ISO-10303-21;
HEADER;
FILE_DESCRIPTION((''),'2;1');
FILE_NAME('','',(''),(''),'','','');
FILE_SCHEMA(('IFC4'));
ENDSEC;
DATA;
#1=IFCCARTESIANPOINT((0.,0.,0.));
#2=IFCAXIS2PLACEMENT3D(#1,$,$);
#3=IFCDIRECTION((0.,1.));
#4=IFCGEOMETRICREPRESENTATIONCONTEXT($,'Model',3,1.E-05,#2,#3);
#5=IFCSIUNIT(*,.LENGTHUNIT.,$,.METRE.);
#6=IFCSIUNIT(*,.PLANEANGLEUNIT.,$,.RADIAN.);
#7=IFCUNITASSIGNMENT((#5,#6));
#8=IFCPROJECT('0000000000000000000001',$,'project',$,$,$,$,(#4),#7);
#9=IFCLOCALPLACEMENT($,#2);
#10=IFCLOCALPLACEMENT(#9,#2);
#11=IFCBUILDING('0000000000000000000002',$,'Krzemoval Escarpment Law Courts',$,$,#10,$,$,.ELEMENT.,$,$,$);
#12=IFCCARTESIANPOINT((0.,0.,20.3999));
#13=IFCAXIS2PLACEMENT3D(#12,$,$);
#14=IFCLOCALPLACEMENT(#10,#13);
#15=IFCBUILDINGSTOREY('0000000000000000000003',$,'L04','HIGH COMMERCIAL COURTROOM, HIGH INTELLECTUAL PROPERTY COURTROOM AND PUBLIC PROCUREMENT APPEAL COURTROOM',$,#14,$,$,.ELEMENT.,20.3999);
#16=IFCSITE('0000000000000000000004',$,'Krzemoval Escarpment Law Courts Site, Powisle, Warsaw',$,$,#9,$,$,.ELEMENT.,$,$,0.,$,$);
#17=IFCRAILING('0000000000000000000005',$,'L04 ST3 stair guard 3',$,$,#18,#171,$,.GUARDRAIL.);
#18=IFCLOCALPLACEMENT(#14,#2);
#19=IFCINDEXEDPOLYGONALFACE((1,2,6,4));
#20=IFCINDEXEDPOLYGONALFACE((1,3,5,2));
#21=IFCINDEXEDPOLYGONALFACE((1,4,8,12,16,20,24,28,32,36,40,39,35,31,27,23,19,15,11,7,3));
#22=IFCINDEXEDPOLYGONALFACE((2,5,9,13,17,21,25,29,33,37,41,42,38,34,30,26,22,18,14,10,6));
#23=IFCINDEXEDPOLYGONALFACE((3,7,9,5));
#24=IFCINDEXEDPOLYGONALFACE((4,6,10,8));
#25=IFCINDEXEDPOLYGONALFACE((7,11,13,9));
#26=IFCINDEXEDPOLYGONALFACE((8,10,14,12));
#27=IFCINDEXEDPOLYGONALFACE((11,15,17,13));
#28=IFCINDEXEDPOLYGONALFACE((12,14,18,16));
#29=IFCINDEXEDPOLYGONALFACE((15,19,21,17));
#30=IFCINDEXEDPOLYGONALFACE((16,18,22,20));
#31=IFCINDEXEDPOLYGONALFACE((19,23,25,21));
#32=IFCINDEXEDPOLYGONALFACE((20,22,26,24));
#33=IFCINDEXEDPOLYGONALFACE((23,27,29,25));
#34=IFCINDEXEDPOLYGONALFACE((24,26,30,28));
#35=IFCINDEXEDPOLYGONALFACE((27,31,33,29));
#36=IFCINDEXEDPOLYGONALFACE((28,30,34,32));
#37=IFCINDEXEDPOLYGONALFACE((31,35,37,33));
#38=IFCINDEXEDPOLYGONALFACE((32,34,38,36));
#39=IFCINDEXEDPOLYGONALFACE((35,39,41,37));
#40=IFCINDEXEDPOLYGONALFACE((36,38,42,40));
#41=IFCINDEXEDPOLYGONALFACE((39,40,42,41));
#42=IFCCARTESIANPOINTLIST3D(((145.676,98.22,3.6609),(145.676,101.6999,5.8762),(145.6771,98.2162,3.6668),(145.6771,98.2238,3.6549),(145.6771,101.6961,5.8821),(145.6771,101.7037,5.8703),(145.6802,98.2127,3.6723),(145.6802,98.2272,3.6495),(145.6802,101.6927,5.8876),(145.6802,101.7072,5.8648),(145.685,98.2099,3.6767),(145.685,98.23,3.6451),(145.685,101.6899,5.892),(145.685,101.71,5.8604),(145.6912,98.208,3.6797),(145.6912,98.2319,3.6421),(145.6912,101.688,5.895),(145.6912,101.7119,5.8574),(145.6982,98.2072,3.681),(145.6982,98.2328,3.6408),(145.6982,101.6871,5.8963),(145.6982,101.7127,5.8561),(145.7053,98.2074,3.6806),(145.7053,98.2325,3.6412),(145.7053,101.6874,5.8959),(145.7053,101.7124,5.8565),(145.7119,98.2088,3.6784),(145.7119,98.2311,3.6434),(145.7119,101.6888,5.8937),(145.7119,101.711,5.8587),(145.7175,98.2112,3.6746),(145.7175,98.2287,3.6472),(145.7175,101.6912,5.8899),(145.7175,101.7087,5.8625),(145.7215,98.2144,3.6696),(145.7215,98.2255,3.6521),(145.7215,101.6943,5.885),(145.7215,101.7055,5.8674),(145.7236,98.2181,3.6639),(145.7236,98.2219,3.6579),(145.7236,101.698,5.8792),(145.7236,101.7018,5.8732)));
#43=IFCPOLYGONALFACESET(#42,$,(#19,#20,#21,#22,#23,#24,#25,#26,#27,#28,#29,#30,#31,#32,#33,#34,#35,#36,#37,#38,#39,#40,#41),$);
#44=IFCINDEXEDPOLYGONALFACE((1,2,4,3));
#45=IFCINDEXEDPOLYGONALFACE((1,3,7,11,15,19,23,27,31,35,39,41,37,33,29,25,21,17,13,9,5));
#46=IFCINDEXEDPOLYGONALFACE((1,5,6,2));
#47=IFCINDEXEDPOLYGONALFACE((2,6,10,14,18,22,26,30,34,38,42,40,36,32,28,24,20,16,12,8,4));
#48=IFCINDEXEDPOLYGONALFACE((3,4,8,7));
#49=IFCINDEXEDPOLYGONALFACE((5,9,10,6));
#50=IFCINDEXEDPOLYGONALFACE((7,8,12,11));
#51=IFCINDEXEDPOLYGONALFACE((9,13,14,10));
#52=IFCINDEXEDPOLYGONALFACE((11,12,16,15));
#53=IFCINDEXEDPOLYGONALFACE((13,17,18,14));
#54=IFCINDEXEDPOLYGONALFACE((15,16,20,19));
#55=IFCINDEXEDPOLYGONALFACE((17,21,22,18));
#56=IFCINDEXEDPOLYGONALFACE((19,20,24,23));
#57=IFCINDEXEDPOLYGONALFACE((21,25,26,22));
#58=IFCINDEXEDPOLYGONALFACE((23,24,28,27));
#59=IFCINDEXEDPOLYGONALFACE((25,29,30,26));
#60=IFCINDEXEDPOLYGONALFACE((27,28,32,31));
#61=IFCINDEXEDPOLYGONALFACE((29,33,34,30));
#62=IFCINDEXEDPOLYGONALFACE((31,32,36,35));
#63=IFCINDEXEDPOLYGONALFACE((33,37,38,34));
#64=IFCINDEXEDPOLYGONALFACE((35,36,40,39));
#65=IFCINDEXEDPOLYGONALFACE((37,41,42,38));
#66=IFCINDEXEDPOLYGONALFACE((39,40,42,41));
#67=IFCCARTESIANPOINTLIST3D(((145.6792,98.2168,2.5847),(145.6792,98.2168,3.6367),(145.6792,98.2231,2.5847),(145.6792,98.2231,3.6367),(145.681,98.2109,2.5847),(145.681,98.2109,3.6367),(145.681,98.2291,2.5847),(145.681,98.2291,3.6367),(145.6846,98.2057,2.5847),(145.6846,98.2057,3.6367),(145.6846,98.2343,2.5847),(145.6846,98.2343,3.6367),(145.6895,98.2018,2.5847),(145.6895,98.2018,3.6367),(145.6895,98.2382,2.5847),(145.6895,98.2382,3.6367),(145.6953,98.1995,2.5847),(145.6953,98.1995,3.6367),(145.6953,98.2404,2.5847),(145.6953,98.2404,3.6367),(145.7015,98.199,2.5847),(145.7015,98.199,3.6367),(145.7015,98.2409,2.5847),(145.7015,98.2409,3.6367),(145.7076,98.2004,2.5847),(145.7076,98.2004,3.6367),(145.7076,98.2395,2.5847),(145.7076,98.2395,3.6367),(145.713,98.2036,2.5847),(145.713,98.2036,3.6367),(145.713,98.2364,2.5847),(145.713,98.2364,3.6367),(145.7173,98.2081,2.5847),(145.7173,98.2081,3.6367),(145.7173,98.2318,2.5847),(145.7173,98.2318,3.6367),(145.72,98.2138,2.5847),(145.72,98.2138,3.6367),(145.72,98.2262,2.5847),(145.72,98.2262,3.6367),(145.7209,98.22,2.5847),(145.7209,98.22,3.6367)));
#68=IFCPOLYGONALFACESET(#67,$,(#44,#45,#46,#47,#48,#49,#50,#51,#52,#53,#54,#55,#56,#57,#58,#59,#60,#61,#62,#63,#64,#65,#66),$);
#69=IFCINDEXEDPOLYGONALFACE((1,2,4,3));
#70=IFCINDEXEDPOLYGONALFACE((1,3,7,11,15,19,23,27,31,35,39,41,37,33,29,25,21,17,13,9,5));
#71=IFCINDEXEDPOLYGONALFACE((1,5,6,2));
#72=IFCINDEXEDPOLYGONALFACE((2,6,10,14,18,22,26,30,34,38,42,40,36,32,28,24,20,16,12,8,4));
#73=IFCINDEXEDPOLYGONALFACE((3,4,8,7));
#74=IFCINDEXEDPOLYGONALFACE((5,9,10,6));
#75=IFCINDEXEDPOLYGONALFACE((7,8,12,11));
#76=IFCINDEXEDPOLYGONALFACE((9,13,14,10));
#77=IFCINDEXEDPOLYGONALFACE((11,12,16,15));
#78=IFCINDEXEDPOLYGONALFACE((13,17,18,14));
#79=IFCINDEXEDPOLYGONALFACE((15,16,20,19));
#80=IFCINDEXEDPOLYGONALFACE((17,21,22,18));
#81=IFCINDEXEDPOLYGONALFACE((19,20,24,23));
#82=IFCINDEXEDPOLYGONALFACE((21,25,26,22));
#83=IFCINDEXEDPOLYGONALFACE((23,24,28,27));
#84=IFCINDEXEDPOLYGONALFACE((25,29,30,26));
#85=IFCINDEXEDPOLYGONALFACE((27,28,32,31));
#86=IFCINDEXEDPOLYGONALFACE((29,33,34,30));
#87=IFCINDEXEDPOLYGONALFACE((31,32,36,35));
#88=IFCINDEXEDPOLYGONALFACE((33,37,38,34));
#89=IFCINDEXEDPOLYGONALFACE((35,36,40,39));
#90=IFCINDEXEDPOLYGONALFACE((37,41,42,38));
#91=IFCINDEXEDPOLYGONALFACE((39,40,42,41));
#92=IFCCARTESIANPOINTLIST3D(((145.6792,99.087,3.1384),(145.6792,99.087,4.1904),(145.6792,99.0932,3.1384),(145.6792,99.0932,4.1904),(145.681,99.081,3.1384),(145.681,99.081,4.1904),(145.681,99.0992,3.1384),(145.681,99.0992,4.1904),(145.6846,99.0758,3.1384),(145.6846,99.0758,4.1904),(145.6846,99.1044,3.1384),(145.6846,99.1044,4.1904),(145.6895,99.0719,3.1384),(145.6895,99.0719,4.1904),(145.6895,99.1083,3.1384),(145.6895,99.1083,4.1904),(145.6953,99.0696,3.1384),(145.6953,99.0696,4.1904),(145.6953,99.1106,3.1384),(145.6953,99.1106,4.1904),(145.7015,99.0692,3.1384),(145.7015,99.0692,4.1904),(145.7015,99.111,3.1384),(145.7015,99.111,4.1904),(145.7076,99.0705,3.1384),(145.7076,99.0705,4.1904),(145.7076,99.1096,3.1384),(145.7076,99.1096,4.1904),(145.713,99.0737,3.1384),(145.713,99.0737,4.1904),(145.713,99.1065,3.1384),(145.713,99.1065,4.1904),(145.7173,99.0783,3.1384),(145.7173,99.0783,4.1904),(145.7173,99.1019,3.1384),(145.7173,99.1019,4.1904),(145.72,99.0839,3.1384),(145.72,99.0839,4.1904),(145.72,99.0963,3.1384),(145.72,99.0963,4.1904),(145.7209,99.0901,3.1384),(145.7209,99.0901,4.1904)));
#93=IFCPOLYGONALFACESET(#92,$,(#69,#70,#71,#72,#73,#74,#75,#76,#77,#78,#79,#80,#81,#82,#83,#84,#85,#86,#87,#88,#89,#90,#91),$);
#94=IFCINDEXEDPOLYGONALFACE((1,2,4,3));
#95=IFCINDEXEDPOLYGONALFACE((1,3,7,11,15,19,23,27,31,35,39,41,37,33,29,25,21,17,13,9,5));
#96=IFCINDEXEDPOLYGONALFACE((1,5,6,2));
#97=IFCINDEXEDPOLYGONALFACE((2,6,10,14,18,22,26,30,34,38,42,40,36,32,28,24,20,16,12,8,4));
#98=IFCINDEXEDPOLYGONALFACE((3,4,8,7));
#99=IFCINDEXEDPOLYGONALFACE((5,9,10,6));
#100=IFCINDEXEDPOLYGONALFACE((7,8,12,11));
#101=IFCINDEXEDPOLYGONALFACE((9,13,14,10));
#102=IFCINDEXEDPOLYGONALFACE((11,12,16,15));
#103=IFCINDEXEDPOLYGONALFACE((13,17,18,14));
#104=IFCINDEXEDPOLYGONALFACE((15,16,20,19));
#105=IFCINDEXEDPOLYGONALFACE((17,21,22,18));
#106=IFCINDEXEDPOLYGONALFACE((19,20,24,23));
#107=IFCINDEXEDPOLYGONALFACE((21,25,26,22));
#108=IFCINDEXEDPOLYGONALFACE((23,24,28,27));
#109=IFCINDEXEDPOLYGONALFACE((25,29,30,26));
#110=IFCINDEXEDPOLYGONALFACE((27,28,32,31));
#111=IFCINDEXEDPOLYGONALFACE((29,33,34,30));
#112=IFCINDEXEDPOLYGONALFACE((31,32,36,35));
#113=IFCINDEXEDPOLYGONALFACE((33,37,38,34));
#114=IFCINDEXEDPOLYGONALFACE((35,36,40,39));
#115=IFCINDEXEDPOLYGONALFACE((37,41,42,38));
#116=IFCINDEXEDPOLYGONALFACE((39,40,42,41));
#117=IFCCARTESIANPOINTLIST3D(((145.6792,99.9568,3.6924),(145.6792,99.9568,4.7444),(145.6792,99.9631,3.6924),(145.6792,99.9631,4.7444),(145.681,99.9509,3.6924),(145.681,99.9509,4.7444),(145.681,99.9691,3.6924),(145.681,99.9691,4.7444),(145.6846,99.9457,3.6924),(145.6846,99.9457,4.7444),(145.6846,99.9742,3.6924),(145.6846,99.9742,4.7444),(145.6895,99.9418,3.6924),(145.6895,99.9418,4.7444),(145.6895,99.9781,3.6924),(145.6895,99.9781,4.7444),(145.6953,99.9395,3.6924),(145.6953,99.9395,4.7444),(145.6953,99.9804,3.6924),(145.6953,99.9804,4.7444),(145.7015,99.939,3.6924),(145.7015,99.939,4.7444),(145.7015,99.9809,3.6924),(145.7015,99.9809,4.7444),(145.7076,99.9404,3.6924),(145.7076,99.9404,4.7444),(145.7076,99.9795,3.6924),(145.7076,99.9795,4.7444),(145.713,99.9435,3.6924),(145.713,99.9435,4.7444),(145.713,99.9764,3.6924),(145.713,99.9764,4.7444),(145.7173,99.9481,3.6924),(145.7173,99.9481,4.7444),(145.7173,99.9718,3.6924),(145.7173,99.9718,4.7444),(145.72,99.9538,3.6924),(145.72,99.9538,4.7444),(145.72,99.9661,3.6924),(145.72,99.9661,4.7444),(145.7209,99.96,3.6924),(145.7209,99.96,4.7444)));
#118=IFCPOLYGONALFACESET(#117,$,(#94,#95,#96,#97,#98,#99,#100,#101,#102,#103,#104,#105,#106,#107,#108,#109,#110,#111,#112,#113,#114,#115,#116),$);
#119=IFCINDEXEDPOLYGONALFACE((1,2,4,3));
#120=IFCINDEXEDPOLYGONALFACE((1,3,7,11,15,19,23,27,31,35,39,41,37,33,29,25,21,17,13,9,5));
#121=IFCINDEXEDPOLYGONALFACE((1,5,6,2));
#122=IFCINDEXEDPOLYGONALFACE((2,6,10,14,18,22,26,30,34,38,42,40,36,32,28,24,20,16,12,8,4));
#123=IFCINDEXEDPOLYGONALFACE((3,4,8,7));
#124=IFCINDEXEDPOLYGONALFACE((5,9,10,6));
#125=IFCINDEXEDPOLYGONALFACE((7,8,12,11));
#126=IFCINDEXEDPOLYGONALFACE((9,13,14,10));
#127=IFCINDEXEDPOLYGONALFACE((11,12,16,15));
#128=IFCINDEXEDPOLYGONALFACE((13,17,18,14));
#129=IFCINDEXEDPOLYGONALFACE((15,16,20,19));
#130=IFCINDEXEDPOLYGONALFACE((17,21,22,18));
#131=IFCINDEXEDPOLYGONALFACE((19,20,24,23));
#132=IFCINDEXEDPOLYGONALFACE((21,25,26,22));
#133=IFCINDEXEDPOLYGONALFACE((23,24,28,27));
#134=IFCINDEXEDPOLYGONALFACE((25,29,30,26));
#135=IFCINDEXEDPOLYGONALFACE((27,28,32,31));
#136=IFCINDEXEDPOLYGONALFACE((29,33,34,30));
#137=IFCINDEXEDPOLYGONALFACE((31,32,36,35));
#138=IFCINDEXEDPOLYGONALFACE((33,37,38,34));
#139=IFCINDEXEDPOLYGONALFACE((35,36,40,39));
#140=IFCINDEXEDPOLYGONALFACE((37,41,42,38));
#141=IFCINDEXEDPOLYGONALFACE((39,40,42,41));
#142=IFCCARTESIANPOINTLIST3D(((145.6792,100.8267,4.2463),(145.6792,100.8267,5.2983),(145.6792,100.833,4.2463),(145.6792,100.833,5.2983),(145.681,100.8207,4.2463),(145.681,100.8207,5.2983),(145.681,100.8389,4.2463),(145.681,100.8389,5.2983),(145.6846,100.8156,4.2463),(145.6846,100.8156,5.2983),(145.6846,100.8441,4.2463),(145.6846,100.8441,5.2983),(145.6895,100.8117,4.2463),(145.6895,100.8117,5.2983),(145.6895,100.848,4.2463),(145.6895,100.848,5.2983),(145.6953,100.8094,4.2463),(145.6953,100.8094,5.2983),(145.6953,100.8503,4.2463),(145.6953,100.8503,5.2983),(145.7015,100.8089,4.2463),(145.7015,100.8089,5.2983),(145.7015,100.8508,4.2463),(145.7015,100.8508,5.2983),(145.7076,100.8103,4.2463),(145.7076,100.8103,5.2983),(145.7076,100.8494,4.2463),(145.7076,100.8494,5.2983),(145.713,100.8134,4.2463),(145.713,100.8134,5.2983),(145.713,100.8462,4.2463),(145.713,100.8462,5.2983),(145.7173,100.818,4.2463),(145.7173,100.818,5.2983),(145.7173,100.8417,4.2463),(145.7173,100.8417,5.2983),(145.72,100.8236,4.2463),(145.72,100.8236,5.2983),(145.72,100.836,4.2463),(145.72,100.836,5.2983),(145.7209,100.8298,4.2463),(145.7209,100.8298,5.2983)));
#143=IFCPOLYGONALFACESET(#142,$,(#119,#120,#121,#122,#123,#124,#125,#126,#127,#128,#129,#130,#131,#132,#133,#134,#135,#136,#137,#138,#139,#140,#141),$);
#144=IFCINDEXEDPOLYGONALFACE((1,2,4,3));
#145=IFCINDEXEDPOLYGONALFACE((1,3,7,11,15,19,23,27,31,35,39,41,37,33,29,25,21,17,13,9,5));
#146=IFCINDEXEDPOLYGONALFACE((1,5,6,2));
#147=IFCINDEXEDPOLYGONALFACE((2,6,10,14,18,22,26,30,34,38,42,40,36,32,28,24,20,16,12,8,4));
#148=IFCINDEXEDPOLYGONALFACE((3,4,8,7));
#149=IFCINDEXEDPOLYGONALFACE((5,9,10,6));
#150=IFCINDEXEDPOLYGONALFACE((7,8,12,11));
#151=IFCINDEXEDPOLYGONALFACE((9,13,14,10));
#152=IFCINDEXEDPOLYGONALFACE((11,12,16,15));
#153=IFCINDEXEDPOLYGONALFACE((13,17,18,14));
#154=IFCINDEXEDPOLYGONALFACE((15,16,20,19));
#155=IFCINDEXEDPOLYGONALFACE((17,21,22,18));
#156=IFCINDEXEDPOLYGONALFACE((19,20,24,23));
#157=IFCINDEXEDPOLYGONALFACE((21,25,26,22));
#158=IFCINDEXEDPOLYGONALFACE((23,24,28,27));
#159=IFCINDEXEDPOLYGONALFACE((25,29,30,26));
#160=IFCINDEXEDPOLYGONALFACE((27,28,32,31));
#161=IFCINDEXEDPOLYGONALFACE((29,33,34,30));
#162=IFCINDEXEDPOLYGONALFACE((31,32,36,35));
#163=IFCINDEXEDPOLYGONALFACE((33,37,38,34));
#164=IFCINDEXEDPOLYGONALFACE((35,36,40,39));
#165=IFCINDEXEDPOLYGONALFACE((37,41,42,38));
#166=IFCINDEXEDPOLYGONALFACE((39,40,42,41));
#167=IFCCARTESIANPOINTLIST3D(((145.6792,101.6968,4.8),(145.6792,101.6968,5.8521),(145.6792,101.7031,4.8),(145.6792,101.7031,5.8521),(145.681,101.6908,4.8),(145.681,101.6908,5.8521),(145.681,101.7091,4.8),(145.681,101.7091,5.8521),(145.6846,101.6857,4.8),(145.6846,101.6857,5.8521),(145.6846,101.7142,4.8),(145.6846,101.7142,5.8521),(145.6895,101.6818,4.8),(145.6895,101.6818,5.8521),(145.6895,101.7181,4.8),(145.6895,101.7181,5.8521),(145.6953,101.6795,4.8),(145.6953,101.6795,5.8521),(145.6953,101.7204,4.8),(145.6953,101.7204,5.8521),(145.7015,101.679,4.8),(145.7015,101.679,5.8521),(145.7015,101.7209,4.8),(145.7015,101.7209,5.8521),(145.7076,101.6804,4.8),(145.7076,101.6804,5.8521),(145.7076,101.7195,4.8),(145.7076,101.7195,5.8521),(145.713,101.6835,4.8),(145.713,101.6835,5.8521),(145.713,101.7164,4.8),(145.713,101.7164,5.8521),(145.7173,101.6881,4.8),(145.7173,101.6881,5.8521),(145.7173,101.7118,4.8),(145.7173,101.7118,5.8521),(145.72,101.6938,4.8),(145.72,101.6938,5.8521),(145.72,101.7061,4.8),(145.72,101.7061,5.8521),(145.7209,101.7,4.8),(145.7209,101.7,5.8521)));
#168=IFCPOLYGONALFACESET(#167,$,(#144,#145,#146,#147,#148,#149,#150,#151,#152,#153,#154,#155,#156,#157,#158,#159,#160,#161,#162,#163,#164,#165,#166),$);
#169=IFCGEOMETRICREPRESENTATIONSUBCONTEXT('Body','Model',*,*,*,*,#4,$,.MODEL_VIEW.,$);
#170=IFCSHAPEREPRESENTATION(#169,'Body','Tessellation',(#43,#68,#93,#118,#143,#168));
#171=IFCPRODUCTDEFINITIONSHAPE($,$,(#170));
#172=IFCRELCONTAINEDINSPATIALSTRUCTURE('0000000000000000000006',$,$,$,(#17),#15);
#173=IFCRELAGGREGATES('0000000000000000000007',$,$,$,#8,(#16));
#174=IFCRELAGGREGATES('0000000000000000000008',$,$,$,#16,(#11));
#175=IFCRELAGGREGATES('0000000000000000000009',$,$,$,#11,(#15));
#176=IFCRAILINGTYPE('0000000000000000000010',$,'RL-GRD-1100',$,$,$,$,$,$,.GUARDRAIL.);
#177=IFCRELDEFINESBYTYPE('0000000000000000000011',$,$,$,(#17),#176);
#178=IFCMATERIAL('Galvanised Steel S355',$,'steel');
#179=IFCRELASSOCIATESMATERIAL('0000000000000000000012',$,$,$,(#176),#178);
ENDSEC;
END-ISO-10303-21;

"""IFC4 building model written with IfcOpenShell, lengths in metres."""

from ifc_helpers import new_model, si_unit, direction, frame, origin, origin_2d, place, context, subcontext, project, spatial, circle, extrude, material, type_object, element, save


model = new_model("IFC4")

# Units and contexts
model_context = context("Model", 3, precision=1e-05, world=origin(), true_north=direction((0.0, 1.0)))
body_context = subcontext(model_context, "Body", "Model", "MODEL_VIEW")
ifc_project = project(units=[si_unit("LENGTHUNIT", "METRE"), si_unit("PLANEANGLEUNIT", "RADIAN")], contexts=[model_context])

# Site, building, storey
site_placement = place(None, origin())
site = spatial("IfcSite", under=ifc_project, at=site_placement, Name="Krzemoval Escarpment Law Courts Site, Powisle, Warsaw", CompositionType="ELEMENT", RefElevation=0.0)
building_placement = place(site_placement, origin())
building = spatial("IfcBuilding", under=site, at=building_placement, Name="Krzemoval Escarpment Law Courts", CompositionType="ELEMENT")
storey_placement = place(building_placement, frame((0.0, 0.0, 20.3999)))
storey = spatial("IfcBuildingStorey", under=building, at=storey_placement, Name="L04", Description="HIGH COMMERCIAL COURTROOM, HIGH INTELLECTUAL PROPERTY COURTROOM AND PUBLIC PROCUREMENT APPEAL COURTROOM", CompositionType="ELEMENT", Elevation=20.3999)

# Railing
ifc_material_1 = material(Name="Galvanised Steel S355", Category="steel")
railing_type_1 = type_object("IfcRailingType", Name="RL-GRD-1100", PredefinedType="GUARDRAIL", material=ifc_material_1)
railing_1_placement = place(storey_placement, frame((145.7, 98.22, 2.5847)))
element("IfcRailing", 1, at=railing_1_placement, inside=storey, type_object=railing_type_1, Name="L04 ST3 stair guard 3", PredefinedType="GUARDRAIL", context=body_context, shape_type="SweptSolid", body=[
    extrude(circle(Radius=0.0239, at=origin_2d()), frame((0.0, 0.0, 1.0762), z_axis=(0.0, 0.843574, 0.537013), x_axis=(-1.0, 0.0, 0.0)), (0.0, 0.0, 1.0), 4.1252),
    extrude(circle(Radius=0.021, at=origin_2d()), origin(), (0.0, 0.0, 1.0), 1.052),
    extrude(circle(Radius=0.021, at=origin_2d()), frame((0.0, 0.8701, 0.5537)), (0.0, 0.0, 1.0), 1.052),
    extrude(circle(Radius=0.021, at=origin_2d()), frame((0.0, 1.74, 1.1077)), (0.0, 0.0, 1.0), 1.052),
    extrude(circle(Radius=0.021, at=origin_2d()), frame((0.0, 2.6099, 1.6616)), (0.0, 0.0, 1.0), 1.052),
    extrude(circle(Radius=0.021, at=origin_2d()), frame((0.0, 3.48, 2.2153)), (0.0, 0.0, 1.0), 1.052),
])

save(model, "model.ifc")
